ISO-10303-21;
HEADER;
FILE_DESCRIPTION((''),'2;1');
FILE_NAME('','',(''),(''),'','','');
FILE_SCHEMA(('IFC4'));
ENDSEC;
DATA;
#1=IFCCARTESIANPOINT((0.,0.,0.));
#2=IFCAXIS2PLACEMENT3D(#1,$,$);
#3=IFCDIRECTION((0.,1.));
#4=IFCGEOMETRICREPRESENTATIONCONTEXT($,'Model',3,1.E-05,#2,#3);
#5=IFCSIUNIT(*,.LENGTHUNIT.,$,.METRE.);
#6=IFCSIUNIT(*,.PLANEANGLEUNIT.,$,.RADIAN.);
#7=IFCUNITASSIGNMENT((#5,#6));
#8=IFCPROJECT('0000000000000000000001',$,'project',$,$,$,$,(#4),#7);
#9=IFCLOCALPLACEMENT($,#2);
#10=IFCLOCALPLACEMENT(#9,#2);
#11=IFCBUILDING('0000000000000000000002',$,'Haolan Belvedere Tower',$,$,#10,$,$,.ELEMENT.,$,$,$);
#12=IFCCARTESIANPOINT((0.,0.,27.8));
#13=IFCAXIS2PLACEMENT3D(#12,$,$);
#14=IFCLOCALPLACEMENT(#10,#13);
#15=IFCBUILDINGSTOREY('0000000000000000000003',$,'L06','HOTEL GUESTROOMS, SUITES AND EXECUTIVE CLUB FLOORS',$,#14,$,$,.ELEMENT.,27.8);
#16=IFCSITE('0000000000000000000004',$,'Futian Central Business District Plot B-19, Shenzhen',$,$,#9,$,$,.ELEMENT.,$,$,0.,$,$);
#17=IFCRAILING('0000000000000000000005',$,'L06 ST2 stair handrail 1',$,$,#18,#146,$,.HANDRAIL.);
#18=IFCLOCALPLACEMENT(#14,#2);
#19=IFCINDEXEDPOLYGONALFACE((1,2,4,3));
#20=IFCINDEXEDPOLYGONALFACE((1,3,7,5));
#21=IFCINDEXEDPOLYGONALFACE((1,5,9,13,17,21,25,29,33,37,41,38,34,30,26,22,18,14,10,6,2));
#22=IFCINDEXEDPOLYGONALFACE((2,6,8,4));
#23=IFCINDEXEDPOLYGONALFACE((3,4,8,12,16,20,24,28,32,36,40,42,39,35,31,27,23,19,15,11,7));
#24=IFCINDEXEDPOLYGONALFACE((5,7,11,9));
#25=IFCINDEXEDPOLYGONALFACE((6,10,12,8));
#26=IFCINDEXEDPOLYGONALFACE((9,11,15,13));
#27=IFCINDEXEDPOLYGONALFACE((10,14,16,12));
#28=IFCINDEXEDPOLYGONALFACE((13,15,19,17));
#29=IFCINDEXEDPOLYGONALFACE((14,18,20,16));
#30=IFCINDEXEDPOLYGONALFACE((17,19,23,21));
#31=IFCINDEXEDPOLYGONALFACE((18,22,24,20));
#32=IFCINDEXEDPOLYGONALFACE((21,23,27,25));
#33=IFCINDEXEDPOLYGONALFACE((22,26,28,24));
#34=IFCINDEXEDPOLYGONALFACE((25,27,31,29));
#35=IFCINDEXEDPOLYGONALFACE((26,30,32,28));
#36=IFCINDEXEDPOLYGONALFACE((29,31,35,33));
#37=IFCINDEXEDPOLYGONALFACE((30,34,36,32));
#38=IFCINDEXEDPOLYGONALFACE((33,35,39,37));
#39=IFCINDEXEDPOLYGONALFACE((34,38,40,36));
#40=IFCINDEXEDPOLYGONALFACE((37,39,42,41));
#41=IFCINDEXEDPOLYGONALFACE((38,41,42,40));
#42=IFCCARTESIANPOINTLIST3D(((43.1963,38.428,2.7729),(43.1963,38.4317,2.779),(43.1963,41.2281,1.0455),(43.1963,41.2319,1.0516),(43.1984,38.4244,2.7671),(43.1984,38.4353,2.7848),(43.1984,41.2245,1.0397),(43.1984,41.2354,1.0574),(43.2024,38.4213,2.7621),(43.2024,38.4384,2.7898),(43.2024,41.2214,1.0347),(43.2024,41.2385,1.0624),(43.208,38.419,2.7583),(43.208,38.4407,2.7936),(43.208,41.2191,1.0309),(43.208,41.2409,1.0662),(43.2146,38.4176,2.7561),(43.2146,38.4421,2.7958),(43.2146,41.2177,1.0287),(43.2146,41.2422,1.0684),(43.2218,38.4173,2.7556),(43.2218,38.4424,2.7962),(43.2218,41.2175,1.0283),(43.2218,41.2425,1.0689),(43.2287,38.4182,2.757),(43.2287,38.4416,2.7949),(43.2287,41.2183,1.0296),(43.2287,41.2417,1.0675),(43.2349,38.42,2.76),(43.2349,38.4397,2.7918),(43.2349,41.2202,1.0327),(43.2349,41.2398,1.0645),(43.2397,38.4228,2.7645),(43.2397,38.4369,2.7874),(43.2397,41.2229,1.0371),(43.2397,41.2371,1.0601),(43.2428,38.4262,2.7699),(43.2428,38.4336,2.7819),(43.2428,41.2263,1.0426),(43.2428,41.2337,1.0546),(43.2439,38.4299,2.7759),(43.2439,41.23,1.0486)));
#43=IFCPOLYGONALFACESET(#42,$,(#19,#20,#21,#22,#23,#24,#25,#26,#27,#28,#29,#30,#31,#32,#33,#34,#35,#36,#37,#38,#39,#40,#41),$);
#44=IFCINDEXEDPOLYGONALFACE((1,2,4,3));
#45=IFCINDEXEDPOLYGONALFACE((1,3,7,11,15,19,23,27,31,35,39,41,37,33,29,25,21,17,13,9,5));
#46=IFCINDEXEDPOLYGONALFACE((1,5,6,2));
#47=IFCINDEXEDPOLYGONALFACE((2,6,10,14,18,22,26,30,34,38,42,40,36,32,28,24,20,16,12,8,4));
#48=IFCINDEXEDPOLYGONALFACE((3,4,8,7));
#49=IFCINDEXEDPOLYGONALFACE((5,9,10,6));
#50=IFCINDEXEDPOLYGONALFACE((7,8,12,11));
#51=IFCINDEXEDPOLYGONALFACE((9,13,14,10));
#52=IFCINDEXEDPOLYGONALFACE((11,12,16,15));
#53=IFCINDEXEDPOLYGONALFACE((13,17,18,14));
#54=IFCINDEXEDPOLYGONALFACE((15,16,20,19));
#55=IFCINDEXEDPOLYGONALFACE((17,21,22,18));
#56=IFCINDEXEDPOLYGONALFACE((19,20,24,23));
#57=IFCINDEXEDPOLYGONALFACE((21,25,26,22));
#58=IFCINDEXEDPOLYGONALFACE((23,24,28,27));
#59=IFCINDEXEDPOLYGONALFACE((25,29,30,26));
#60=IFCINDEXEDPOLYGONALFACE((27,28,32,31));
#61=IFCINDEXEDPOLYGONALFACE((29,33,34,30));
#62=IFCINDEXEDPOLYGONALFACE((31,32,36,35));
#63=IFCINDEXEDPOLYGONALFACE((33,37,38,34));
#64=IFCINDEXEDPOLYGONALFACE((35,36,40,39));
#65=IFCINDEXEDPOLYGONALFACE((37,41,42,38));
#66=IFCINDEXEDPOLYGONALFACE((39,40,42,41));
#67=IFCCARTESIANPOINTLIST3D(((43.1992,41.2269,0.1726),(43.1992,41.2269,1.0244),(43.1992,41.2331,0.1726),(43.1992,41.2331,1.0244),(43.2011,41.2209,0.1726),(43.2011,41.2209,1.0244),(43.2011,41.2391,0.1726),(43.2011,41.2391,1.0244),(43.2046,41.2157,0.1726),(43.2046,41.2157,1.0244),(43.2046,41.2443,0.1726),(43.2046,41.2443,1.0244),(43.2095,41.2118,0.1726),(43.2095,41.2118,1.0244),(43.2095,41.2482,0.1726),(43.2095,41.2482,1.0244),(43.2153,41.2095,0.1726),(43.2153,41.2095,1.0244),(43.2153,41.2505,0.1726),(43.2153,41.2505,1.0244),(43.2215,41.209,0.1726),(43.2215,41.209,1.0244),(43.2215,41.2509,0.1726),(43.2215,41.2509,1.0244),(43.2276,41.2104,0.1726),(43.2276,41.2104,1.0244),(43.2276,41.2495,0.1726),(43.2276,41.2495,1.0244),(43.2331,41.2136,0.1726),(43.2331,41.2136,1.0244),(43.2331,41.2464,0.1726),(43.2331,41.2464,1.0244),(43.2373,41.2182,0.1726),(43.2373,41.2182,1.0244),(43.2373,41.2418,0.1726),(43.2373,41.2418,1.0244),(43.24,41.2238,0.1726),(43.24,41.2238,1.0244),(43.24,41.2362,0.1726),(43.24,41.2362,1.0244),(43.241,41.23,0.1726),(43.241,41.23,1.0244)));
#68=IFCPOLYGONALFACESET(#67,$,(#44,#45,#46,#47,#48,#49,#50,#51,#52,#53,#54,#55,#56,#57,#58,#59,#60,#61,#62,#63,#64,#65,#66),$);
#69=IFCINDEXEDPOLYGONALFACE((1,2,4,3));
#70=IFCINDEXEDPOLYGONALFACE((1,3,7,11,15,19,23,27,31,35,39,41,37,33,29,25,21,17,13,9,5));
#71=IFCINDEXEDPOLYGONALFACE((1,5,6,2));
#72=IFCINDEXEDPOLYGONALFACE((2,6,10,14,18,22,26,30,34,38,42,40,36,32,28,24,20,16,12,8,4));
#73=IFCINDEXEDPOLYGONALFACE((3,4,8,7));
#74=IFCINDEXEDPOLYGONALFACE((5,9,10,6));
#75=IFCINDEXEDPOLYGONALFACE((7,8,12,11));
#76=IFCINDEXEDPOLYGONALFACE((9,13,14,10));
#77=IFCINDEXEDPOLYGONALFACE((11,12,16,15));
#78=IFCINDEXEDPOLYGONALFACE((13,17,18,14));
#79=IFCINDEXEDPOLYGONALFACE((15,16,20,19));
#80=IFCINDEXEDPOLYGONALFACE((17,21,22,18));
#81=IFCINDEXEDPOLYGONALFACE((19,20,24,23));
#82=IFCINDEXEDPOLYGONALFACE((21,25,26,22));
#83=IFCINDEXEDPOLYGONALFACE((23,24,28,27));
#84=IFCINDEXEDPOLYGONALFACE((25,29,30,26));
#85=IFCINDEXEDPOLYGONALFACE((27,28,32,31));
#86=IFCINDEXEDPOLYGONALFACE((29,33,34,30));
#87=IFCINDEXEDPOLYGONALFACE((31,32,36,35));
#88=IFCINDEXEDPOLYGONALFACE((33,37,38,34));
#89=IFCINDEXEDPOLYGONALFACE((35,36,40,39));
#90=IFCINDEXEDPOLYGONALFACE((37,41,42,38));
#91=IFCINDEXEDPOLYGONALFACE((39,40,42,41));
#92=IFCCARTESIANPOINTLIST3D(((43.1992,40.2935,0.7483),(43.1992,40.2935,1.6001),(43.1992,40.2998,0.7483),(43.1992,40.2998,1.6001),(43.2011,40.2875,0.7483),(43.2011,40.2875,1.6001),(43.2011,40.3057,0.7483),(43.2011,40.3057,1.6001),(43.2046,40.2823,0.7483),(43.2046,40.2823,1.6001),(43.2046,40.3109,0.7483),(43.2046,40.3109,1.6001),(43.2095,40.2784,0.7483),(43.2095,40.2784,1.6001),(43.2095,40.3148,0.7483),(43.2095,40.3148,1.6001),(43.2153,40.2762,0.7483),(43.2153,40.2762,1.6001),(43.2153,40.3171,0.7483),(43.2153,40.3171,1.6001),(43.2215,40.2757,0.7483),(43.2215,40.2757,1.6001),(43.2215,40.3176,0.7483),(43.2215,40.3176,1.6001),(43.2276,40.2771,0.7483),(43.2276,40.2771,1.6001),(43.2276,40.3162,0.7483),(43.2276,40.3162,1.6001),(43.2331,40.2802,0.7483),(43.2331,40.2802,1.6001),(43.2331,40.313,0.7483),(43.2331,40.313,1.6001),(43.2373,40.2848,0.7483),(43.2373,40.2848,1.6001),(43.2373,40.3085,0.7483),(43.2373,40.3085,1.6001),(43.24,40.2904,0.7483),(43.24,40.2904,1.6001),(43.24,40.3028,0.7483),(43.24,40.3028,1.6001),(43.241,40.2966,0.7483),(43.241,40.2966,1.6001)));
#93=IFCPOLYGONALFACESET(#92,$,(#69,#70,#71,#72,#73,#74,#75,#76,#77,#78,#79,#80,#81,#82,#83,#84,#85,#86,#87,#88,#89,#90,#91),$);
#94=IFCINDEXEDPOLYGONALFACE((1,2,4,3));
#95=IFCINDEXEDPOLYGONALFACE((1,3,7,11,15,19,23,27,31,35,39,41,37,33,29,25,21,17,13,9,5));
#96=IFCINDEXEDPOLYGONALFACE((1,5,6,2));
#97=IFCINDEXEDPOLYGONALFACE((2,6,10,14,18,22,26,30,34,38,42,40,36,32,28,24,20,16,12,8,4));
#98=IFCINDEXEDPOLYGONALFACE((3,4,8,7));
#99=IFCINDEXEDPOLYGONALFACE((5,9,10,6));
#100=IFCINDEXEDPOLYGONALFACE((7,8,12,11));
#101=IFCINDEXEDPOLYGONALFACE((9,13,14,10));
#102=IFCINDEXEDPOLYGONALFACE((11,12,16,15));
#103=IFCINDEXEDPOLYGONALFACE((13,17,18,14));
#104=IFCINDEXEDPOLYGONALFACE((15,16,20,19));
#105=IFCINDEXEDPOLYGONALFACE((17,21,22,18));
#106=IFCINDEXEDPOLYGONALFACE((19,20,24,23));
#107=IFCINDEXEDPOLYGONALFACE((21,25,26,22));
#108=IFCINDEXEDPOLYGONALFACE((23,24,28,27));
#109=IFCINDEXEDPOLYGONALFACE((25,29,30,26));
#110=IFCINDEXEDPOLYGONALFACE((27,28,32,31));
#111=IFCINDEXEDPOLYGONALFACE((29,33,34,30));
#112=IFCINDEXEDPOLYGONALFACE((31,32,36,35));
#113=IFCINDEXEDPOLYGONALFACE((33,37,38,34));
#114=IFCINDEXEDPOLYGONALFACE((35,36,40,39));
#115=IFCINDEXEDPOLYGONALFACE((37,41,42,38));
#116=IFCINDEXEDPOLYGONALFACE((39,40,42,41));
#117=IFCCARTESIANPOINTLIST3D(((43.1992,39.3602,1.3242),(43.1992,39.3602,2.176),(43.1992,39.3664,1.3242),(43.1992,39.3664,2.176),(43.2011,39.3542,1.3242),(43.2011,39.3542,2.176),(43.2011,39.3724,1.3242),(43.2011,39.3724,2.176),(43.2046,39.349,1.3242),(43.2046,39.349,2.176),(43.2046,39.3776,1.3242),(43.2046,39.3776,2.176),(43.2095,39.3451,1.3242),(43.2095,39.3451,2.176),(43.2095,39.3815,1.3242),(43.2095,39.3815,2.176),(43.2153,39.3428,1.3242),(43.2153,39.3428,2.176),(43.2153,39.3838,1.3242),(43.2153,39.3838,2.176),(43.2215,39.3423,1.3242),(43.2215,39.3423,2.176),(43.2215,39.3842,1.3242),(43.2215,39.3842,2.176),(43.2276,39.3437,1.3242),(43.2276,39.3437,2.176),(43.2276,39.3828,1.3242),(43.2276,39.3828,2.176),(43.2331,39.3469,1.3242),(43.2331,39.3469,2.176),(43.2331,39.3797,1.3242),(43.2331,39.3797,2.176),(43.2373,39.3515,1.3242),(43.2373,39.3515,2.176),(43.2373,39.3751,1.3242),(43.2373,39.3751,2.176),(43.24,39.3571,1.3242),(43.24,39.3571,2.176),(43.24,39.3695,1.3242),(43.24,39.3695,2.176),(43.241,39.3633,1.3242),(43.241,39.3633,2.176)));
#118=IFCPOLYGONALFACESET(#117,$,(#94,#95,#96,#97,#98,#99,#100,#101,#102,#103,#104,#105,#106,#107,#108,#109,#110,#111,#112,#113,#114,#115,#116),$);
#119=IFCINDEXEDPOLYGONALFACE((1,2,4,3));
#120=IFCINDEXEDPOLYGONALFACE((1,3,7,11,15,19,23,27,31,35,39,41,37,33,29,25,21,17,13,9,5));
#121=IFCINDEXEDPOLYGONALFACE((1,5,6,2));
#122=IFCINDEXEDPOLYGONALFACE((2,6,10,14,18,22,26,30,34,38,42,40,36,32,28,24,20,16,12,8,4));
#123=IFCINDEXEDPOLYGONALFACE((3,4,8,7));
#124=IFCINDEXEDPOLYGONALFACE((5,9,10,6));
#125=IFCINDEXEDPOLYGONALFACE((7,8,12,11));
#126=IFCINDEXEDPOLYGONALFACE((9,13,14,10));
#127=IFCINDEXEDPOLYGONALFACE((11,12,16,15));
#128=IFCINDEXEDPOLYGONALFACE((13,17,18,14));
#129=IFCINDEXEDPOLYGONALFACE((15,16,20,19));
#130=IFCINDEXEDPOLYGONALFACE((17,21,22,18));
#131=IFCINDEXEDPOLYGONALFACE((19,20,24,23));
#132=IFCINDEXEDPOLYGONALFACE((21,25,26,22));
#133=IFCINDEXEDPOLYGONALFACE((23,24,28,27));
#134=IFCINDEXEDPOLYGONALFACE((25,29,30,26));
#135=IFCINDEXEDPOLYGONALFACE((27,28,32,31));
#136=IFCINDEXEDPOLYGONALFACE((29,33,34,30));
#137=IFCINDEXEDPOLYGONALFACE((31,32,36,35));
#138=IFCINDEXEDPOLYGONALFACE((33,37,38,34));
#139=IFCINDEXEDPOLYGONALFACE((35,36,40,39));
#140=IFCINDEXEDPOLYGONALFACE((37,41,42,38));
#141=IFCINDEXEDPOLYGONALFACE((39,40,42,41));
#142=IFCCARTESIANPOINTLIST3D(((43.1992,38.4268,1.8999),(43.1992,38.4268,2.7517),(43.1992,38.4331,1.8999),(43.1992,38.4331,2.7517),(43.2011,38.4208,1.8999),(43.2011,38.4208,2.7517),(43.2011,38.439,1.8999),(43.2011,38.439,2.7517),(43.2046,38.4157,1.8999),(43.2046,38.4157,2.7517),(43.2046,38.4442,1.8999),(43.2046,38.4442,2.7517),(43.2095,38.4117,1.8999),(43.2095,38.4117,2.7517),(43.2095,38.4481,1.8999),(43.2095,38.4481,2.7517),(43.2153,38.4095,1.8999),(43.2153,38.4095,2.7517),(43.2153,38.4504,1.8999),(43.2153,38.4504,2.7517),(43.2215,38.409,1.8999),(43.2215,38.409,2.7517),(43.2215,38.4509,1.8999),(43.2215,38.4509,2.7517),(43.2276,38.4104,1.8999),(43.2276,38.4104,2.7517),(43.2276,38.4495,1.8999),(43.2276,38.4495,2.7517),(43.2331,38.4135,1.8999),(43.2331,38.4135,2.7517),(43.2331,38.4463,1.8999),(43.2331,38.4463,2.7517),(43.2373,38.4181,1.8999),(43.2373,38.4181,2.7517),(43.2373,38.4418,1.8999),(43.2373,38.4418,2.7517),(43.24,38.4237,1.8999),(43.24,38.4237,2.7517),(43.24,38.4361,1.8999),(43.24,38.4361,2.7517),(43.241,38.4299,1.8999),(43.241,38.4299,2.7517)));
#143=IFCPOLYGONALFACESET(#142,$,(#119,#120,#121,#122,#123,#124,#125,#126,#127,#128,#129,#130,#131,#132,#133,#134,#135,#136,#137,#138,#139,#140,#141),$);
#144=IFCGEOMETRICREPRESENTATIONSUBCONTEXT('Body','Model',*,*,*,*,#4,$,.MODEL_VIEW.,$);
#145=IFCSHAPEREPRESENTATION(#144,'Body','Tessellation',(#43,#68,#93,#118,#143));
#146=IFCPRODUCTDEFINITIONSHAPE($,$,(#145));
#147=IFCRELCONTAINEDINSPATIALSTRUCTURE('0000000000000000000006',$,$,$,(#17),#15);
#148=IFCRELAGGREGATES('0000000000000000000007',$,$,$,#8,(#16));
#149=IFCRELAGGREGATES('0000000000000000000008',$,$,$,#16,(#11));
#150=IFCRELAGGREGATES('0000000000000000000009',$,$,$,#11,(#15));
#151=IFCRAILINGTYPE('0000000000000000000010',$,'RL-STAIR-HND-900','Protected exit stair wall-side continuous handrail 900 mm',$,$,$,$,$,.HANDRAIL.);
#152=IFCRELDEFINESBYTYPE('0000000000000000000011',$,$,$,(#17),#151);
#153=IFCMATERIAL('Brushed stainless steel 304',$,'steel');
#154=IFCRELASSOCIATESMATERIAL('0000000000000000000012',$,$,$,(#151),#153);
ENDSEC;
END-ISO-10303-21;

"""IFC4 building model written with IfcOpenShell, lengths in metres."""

from ifc_helpers import new_model, si_unit, direction, frame, origin, origin_2d, place, context, subcontext, project, spatial, circle, extrude, material, type_object, element, save


model = new_model("IFC4")

# Units and contexts
model_context = context("Model", 3, precision=1e-05, world=origin(), true_north=direction((0.0, 1.0)))
body_context = subcontext(model_context, "Body", "Model", "MODEL_VIEW")
ifc_project = project(units=[si_unit("LENGTHUNIT", "METRE"), si_unit("PLANEANGLEUNIT", "RADIAN")], contexts=[model_context])

# Site, building, storey
site_placement = place(None, origin())
site = spatial("IfcSite", under=ifc_project, at=site_placement, Name="Futian Central Business District Plot B-19, Shenzhen", CompositionType="ELEMENT", RefElevation=0.0)
building_placement = place(site_placement, origin())
building = spatial("IfcBuilding", under=site, at=building_placement, Name="Haolan Belvedere Tower", CompositionType="ELEMENT")
storey_placement = place(building_placement, frame((0.0, 0.0, 27.8)))
storey = spatial("IfcBuildingStorey", under=building, at=storey_placement, Name="L06", Description="HOTEL GUESTROOMS, SUITES AND EXECUTIVE CLUB FLOORS", CompositionType="ELEMENT", Elevation=27.8)

# Railing
ifc_material_1 = material(Name="Brushed stainless steel 304", Category="steel")
railing_type_1 = type_object("IfcRailingType", Name="RL-STAIR-HND-900", Description="Protected exit stair wall-side continuous handrail 900 mm", PredefinedType="HANDRAIL", material=ifc_material_1)
railing_1_placement = place(storey_placement, frame((43.22, 41.23, 0.1726)))
element("IfcRailing", 1, at=railing_1_placement, inside=storey, type_object=railing_type_1, Name="L06 ST2 stair handrail 1", PredefinedType="HANDRAIL", context=body_context, shape_type="SweptSolid", body=[
    extrude(circle(Radius=0.0239, at=origin_2d()), frame((0.0, 0.0, 0.876), z_axis=(0.0, -0.85109, 0.52502), x_axis=(1.0, 0.0, 0.0)), (0.0, 0.0, 1.0), 3.29),
    extrude(circle(Radius=0.021, at=origin_2d()), origin(), (0.0, 0.0, 1.0), 0.8518),
    extrude(circle(Radius=0.021, at=origin_2d()), frame((0.0, -0.9333, 0.5757)), (0.0, 0.0, 1.0), 0.8518),
    extrude(circle(Radius=0.021, at=origin_2d()), frame((0.0, -1.8667, 1.1516)), (0.0, 0.0, 1.0), 0.8518),
    extrude(circle(Radius=0.021, at=origin_2d()), frame((0.0, -2.8, 1.7273)), (0.0, 0.0, 1.0), 0.8518),
])

save(model, "model.ifc")
